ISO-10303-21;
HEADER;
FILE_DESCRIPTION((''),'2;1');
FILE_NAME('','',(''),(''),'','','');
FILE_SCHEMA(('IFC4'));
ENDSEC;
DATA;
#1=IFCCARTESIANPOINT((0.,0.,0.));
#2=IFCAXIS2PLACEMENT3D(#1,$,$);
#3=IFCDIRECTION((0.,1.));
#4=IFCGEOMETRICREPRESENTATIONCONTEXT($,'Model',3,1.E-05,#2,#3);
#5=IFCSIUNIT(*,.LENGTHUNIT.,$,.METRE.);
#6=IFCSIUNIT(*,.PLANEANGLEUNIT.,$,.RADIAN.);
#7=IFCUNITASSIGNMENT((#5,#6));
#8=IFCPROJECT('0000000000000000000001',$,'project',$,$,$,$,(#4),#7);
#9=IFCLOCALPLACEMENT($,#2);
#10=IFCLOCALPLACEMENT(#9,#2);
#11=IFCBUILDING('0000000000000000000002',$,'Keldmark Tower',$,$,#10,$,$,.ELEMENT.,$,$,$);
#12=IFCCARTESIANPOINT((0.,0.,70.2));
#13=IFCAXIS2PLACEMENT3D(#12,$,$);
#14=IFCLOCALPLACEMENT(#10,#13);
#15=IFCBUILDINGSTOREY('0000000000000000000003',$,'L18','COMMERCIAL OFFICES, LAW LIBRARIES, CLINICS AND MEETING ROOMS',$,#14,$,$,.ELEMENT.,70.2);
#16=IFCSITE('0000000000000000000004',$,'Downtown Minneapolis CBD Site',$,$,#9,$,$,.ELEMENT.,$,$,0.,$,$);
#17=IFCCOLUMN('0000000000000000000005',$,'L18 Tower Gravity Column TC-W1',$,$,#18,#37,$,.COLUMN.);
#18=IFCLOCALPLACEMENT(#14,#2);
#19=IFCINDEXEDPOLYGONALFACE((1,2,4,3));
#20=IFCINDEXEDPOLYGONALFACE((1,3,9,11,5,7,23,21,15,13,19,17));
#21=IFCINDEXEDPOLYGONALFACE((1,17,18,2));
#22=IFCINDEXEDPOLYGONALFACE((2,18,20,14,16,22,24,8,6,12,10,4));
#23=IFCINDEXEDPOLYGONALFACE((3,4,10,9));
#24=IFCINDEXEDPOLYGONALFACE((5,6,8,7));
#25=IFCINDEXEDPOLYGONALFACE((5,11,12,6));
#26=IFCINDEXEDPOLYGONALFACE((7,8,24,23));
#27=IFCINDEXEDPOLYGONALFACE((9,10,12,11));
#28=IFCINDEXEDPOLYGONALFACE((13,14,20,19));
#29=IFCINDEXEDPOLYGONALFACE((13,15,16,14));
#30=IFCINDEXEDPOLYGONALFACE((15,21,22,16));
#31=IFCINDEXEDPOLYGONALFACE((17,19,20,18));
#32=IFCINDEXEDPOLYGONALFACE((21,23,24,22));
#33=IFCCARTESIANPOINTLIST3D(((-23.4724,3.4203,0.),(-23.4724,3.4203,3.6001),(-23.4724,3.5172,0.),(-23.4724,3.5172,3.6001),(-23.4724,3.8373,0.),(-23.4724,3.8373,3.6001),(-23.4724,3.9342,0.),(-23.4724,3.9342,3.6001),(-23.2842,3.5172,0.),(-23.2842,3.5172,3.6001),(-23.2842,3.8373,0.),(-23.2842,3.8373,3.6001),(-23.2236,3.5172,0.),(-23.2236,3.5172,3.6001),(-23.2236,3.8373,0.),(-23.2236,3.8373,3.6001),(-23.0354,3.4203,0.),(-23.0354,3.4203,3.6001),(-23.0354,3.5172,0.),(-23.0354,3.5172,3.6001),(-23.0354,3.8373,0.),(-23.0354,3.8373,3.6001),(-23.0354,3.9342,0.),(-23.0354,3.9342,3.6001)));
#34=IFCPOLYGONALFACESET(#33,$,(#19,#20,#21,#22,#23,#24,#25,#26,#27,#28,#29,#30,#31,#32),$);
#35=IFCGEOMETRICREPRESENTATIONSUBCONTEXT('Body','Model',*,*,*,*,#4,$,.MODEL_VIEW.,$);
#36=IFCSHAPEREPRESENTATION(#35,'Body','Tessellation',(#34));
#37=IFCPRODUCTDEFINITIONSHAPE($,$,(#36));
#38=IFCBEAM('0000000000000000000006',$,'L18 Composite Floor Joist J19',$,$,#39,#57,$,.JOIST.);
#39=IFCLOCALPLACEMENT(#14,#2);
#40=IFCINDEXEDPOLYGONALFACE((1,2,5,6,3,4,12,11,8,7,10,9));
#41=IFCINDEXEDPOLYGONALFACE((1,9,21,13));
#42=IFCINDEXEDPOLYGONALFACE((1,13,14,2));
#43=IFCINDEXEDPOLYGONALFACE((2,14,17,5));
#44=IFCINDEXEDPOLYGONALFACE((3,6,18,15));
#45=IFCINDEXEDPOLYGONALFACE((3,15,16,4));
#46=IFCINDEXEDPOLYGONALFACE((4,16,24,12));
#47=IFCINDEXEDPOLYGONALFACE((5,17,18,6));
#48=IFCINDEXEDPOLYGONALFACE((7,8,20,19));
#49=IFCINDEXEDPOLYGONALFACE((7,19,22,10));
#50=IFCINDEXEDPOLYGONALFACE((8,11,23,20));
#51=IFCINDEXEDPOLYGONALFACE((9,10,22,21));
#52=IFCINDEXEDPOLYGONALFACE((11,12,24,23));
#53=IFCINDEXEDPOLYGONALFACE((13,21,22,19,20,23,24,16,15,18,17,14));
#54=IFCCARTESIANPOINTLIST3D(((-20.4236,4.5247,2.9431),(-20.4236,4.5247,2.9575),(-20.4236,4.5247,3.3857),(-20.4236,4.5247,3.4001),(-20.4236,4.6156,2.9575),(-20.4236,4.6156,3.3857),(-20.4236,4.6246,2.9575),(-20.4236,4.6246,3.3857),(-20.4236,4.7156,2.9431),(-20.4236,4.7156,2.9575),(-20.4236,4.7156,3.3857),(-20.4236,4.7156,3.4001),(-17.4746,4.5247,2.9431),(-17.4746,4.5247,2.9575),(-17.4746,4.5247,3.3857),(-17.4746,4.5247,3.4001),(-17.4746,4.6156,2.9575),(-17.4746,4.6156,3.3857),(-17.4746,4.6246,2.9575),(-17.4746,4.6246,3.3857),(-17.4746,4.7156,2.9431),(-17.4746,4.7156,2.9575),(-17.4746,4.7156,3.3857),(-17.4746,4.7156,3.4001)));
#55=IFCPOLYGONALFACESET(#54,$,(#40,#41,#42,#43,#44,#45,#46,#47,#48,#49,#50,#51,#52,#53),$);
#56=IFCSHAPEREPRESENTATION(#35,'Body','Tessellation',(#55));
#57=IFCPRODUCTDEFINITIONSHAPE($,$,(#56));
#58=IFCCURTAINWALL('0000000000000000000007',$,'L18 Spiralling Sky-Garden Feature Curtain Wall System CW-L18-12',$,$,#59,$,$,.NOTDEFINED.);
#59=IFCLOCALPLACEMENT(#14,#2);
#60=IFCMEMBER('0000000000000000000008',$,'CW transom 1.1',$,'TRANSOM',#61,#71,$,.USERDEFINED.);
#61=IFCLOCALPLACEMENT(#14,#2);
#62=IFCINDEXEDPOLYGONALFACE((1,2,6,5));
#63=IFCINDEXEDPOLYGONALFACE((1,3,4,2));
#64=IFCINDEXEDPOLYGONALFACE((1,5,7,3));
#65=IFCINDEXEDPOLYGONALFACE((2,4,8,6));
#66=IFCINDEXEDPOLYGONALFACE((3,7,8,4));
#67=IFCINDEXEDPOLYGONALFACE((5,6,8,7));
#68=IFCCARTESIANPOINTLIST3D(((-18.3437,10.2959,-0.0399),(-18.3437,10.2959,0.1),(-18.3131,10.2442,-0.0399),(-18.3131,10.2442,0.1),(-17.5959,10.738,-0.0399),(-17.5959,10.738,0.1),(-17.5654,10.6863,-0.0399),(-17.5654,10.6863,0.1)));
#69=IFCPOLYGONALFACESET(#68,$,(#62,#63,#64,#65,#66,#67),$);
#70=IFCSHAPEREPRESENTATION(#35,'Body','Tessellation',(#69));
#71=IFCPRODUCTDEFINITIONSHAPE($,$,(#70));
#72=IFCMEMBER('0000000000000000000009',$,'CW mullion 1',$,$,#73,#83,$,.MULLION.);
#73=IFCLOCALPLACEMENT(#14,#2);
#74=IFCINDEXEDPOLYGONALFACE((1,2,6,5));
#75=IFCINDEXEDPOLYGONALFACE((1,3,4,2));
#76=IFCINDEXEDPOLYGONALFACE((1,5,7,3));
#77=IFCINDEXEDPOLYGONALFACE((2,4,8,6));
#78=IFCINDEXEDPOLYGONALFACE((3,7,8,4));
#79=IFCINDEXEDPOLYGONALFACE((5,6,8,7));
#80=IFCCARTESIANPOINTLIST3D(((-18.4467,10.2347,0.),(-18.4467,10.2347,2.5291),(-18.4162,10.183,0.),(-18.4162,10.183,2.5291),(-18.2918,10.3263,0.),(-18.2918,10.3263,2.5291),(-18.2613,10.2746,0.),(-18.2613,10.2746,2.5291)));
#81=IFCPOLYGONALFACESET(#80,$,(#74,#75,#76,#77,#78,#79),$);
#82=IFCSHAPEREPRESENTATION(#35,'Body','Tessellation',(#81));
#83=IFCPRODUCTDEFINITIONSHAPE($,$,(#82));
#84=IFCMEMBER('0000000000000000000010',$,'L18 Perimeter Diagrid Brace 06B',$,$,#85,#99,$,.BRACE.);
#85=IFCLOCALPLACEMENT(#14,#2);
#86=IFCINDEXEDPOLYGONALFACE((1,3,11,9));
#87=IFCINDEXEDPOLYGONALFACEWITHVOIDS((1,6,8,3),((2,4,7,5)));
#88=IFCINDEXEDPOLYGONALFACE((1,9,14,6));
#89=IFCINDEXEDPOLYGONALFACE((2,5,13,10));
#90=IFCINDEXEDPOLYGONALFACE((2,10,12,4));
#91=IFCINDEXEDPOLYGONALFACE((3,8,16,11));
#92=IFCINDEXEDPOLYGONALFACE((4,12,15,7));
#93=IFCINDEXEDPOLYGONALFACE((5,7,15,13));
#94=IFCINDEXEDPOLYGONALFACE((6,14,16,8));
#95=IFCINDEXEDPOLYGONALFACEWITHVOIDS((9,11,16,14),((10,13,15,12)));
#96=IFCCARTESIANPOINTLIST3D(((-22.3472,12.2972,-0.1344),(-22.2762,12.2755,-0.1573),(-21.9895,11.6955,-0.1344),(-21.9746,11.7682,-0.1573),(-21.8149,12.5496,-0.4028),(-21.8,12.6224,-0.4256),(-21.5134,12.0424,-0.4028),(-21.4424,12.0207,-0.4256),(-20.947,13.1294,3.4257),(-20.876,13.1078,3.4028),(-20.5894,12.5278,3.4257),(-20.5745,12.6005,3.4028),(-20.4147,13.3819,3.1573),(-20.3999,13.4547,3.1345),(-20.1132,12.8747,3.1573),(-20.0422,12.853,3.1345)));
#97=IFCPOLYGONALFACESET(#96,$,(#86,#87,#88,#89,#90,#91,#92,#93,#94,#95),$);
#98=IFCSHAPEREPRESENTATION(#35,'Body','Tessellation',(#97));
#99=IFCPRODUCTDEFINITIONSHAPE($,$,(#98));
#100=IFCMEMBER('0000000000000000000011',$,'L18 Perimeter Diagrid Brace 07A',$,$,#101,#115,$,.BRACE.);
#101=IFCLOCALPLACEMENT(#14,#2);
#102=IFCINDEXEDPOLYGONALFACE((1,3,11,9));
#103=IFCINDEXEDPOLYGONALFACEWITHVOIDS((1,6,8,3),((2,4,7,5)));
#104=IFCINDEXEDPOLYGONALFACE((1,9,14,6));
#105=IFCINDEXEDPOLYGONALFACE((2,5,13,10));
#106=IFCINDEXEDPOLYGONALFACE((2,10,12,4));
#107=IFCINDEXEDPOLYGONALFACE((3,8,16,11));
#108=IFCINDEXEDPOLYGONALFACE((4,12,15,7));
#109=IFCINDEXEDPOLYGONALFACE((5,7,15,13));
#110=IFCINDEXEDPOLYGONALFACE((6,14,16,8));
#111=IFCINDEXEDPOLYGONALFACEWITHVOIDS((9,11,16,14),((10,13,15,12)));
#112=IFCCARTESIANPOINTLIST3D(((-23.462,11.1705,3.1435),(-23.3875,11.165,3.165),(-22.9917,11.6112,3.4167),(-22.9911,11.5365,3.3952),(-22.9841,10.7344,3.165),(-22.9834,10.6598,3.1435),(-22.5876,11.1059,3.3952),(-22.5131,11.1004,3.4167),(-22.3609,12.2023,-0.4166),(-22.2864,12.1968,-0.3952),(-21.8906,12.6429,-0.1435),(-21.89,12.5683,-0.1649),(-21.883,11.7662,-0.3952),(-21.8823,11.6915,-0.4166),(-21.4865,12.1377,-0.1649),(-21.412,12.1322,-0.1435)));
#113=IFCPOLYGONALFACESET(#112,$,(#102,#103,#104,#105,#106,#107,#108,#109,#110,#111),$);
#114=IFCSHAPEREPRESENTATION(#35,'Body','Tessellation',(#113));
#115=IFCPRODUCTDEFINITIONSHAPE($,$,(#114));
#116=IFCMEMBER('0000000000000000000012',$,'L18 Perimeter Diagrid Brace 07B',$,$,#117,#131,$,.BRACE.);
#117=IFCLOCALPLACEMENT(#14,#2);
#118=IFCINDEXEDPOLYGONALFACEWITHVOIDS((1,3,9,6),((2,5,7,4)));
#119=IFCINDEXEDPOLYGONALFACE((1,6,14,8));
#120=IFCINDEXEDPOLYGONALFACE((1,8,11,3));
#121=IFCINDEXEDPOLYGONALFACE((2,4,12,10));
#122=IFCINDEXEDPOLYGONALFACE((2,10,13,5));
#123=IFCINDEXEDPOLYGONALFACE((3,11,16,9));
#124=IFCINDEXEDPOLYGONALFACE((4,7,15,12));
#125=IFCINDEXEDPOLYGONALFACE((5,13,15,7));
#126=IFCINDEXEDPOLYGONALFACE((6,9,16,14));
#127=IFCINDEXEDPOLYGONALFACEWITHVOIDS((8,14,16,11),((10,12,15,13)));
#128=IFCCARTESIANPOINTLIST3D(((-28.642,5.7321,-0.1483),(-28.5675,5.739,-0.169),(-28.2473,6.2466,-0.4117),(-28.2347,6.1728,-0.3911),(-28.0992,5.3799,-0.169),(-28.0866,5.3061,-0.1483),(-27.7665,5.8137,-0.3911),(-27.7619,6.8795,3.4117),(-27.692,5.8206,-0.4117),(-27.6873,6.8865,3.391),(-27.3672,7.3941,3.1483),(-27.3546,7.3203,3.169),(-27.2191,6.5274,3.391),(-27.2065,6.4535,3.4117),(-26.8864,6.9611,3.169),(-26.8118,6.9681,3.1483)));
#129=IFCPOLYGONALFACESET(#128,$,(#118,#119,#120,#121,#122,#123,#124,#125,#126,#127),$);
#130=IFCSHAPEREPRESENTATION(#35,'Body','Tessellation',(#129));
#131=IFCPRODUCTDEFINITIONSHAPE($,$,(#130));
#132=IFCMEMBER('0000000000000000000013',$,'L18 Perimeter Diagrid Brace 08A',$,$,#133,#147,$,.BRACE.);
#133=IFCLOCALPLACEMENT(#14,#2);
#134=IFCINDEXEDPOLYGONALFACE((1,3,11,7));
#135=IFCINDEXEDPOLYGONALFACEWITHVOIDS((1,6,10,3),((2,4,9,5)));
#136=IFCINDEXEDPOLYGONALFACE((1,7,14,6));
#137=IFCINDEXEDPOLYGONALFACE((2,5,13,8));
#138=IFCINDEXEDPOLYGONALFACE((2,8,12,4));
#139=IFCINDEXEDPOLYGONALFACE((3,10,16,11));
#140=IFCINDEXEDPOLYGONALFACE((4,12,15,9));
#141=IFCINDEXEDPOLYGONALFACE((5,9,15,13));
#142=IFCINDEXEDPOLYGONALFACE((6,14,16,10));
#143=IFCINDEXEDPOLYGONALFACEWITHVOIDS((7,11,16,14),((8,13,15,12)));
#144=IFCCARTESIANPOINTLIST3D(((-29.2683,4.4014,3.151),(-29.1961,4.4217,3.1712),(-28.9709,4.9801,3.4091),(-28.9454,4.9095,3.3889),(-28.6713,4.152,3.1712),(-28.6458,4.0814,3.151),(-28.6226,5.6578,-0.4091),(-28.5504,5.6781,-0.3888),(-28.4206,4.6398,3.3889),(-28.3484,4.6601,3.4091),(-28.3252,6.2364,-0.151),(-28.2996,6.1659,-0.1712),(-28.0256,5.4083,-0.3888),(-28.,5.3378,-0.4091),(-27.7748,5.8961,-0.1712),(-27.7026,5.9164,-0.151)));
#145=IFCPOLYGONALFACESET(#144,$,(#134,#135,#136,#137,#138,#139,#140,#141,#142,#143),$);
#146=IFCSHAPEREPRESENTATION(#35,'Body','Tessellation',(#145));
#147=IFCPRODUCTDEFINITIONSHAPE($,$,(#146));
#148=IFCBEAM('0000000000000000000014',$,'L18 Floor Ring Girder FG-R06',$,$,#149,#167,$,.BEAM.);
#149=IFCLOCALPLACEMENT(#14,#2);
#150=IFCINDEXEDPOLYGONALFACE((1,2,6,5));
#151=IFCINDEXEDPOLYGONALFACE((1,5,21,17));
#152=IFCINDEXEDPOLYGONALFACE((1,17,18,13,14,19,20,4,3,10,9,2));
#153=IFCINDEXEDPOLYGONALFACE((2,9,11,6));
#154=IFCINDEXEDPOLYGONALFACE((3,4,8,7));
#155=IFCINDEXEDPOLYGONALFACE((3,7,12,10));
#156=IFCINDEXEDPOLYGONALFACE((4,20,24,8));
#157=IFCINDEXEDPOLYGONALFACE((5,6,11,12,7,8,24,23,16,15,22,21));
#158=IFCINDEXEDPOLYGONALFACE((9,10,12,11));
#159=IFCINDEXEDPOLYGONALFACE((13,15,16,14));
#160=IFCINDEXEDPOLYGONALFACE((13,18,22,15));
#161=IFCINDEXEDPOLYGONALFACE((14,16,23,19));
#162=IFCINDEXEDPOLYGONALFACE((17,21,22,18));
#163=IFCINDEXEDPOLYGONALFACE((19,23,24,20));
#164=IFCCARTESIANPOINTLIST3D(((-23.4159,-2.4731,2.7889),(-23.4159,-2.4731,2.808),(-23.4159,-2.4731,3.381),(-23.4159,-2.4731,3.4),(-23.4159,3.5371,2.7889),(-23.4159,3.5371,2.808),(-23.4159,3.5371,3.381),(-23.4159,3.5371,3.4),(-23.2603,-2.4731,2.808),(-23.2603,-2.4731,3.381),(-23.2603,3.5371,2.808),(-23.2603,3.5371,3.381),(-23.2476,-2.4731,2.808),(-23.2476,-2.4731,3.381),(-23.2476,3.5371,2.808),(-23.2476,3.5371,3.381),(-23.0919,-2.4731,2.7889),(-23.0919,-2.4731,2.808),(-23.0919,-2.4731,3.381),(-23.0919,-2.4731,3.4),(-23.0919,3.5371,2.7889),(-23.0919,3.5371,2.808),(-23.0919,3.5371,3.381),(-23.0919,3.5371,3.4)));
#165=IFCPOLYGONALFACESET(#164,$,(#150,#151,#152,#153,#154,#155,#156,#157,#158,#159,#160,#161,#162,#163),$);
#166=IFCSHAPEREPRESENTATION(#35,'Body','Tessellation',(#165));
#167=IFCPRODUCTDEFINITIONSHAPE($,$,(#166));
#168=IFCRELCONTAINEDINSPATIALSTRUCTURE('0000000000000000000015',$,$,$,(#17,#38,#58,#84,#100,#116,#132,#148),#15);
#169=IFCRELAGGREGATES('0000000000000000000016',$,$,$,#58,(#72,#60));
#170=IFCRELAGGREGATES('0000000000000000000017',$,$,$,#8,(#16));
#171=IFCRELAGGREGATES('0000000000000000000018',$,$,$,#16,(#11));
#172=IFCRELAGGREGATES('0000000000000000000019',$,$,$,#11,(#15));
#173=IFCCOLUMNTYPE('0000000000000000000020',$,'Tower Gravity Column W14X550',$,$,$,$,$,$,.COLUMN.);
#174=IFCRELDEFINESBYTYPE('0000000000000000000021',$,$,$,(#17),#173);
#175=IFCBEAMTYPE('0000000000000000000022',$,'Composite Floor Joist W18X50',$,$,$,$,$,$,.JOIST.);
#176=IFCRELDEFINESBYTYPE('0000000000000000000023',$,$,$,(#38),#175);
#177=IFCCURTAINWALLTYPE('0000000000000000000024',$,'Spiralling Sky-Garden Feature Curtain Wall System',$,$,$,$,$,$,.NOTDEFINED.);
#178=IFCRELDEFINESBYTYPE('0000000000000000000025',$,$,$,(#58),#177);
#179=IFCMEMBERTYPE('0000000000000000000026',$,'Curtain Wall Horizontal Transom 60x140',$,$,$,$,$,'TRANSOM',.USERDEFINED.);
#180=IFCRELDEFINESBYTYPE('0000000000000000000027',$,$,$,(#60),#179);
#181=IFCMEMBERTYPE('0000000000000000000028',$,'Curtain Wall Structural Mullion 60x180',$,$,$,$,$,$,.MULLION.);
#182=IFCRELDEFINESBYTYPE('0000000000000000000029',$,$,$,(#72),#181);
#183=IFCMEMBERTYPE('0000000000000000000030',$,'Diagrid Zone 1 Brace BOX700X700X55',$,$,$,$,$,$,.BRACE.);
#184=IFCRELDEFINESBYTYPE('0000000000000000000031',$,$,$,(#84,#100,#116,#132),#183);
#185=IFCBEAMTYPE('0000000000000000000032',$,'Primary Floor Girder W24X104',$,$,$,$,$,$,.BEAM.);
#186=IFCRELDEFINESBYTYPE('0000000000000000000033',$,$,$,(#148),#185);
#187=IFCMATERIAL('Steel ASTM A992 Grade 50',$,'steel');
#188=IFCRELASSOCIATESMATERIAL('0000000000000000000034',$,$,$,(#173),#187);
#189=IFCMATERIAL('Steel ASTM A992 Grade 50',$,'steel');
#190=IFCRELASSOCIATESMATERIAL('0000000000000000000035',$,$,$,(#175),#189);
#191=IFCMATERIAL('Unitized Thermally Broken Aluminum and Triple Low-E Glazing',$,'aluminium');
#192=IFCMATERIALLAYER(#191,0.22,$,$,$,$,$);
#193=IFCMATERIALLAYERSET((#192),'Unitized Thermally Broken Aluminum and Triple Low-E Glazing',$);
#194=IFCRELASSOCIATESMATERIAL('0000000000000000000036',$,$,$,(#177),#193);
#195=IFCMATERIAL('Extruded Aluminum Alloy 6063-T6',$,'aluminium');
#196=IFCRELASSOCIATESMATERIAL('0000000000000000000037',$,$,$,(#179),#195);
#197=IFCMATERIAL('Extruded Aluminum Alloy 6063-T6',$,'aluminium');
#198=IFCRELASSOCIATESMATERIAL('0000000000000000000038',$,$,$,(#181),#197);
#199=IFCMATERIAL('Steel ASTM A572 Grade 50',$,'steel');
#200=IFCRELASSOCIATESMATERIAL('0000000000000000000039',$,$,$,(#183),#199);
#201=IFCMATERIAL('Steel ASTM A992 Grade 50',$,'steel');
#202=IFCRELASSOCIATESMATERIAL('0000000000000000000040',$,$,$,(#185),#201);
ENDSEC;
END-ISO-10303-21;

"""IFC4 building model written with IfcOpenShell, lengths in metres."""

from ifc_helpers import new_model, si_unit, direction, frame, origin, origin_2d, place, context, subcontext, project, spatial, rectangle, hollow_rectangle, i_section, extrude, material, layer, layer_set, material_profile, profile_set, type_object, element, aggregate, save


model = new_model("IFC4")

# Units and contexts
model_context = context("Model", 3, precision=1e-05, world=origin(), true_north=direction((0.0, 1.0)))
body_context = subcontext(model_context, "Body", "Model", "MODEL_VIEW")
ifc_project = project(units=[si_unit("LENGTHUNIT", "METRE"), si_unit("PLANEANGLEUNIT", "RADIAN")], contexts=[model_context])

# Site, building, storey
site_placement = place(None, origin())
site = spatial("IfcSite", under=ifc_project, at=site_placement, Name="Downtown Minneapolis CBD Site", CompositionType="ELEMENT", RefElevation=0.0)
building_placement = place(site_placement, origin())
building = spatial("IfcBuilding", under=site, at=building_placement, Name="Keldmark Tower", CompositionType="ELEMENT")
storey_placement = place(building_placement, frame((0.0, 0.0, 70.2)))
storey = spatial("IfcBuildingStorey", under=building, at=storey_placement, Name="L18", Description="COMMERCIAL OFFICES, LAW LIBRARIES, CLINICS AND MEETING ROOMS", CompositionType="ELEMENT", Elevation=70.2)

# Column
ifc_material_1 = material(Name="Steel ASTM A992 Grade 50", Category="steel")
ifc_material_profile_1 = material_profile(ifc_material_1, i_section(OverallWidth=0.437, OverallDepth=0.5139, WebThickness=0.0605, FlangeThickness=0.0969, at=origin_2d()), Name="W14X550")
ifc_profile_set_1 = profile_set([ifc_material_profile_1], Name="Steel ASTM A992 Grade 50")
column_type = type_object("IfcColumnType", Name="Tower Gravity Column W14X550", PredefinedType="COLUMN", material=ifc_profile_set_1)
column_placement = place(storey_placement, frame((-23.2539, 3.6772, 0.0), z_axis=(0.0, 0.0, 1.0), x_axis=(1.0, 0.0, 0.0)))
element("IfcColumn", 1, at=column_placement, inside=storey, type_object=column_type, Name="L18 Tower Gravity Column TC-W1", PredefinedType="COLUMN", context=body_context, shape_type="SweptSolid", body=[
    extrude(i_section(OverallWidth=0.437, OverallDepth=0.5139, WebThickness=0.0605, FlangeThickness=0.0969, at=origin_2d()), origin(), (0.0, 0.0, 1.0), 3.6001),
])

# Beam
ifc_material_2 = material(Name="Steel ASTM A992 Grade 50", Category="steel")
ifc_material_profile_2 = material_profile(ifc_material_2, i_section(OverallWidth=0.1909, OverallDepth=0.457, WebThickness=0.009, FlangeThickness=0.0144, at=origin_2d()), Name="W18X50")
ifc_profile_set_2 = profile_set([ifc_material_profile_2], Name="Steel ASTM A992 Grade 50")
beam_type_1 = type_object("IfcBeamType", Name="Composite Floor Joist W18X50", PredefinedType="JOIST", material=ifc_profile_set_2)
beam_1_placement = place(storey_placement, frame((-20.4236, 4.6201, 3.1716), z_axis=(1.0, 0.0, 0.0), x_axis=(0.0, 1.0, 0.0)))
element("IfcBeam", 2, at=beam_1_placement, inside=storey, type_object=beam_type_1, Name="L18 Composite Floor Joist J19", PredefinedType="JOIST", context=body_context, shape_type="SweptSolid", body=[
    extrude(i_section(OverallWidth=0.1909, OverallDepth=0.457, WebThickness=0.009, FlangeThickness=0.0144, at=origin_2d()), origin(), (0.0, 0.0, 1.0), 2.949),
])

# Curtain wall, members
ifc_material_3 = material(Name="Unitized Thermally Broken Aluminum and Triple Low-E Glazing", Category="aluminium")
ifc_layer_1 = layer(ifc_material_3, 0.22)
ifc_layer_set_1 = layer_set([ifc_layer_1], Name="Unitized Thermally Broken Aluminum and Triple Low-E Glazing")
curtain_wall_type = type_object("IfcCurtainWallType", Name="Spiralling Sky-Garden Feature Curtain Wall System", PredefinedType="NOTDEFINED", material=ifc_layer_set_1)
curtain_wall_placement = place(storey_placement, origin())
curtain_wall = element("IfcCurtainWall", 3, at=curtain_wall_placement, inside=storey, type_object=curtain_wall_type, Name="L18 Spiralling Sky-Garden Feature Curtain Wall System CW-L18-12", PredefinedType="NOTDEFINED")
ifc_material_4 = material(Name="Extruded Aluminum Alloy 6063-T6", Category="aluminium")
ifc_material_profile_3 = material_profile(ifc_material_4, rectangle(XDim=0.0601, YDim=0.1399, at=origin_2d()), Name="CWT60X140")
ifc_profile_set_3 = profile_set([ifc_material_profile_3], Name="Extruded Aluminum Alloy 6063-T6")
member_type_1 = type_object("IfcMemberType", Name="Curtain Wall Horizontal Transom 60x140", ElementType="TRANSOM", PredefinedType="USERDEFINED", material=ifc_profile_set_3)
member_1_placement = place(storey_placement, frame((-18.3284, 10.27, 0.03), z_axis=(0.860798, 0.508947, 0.0), x_axis=(-0.508947, 0.860798, 0.0)))
member_1 = element("IfcMember", 4, at=member_1_placement, type_object=member_type_1, Name="CW transom 1.1", ObjectType="TRANSOM", PredefinedType="USERDEFINED", context=body_context, shape_type="SweptSolid", body=[
    extrude(rectangle(XDim=0.0601, YDim=0.1399, at=origin_2d()), origin(), (0.0, 0.0, 1.0), 0.8687),
])
ifc_material_5 = material(Name="Extruded Aluminum Alloy 6063-T6", Category="aluminium")
ifc_material_profile_4 = material_profile(ifc_material_5, rectangle(XDim=0.0601, YDim=0.1799, at=origin_2d()), Name="CWM60X180")
ifc_profile_set_4 = profile_set([ifc_material_profile_4], Name="Extruded Aluminum Alloy 6063-T6")
member_type_2 = type_object("IfcMemberType", Name="Curtain Wall Structural Mullion 60x180", PredefinedType="MULLION", material=ifc_profile_set_4)
member_2_placement = place(storey_placement, frame((-18.354, 10.2546, 0.0), z_axis=(0.0, 0.0, 1.0), x_axis=(-0.508955, 0.860793, 0.0)))
member_2 = element("IfcMember", 5, at=member_2_placement, type_object=member_type_2, Name="CW mullion 1", PredefinedType="MULLION", context=body_context, shape_type="SweptSolid", body=[
    extrude(rectangle(XDim=0.0601, YDim=0.1799, at=origin_2d()), origin(), (0.0, 0.0, 1.0), 2.5291),
])
aggregate(curtain_wall, [member_2, member_1])

# Members
ifc_material_6 = material(Name="Steel ASTM A572 Grade 50", Category="steel")
ifc_material_profile_5 = material_profile(ifc_material_6, hollow_rectangle(XDim=0.7, YDim=0.7, WallThickness=0.0549, at=origin_2d()), Name="BOX700X700X55")
ifc_profile_set_5 = profile_set([ifc_material_profile_5], Name="Steel ASTM A572 Grade 50")
member_type_3 = type_object("IfcMemberType", Name="Diagrid Zone 1 Brace BOX700X700X55", PredefinedType="BRACE", material=ifc_profile_set_5)
member_3_placement = place(storey_placement, frame((-21.8948, 12.1589, -0.28), z_axis=(0.357638, 0.212587, 0.909342), x_axis=(-0.510965, 0.859602, 0.0)))
element("IfcMember", 6, at=member_3_placement, inside=storey, type_object=member_type_3, Name="L18 Perimeter Diagrid Brace 06B", PredefinedType="BRACE", context=body_context, shape_type="SweptSolid", body=[
    extrude(hollow_rectangle(XDim=0.7, YDim=0.7, WallThickness=0.0549, at=origin_2d()), origin(), (0.0, 0.0, 1.0), 3.915),
])
member_4_placement = place(storey_placement, frame((-21.8865, 12.1672, -0.28), z_axis=(-0.284763, -0.266831, 0.920712), x_axis=(0.683758, -0.729709, 0.0)))
element("IfcMember", 7, at=member_4_placement, inside=storey, type_object=member_type_3, Name="L18 Perimeter Diagrid Brace 07A", PredefinedType="BRACE", context=body_context, shape_type="SweptSolid", body=[
    extrude(hollow_rectangle(XDim=0.7, YDim=0.7, WallThickness=0.0549, at=origin_2d()), origin(), (0.0, 0.0, 1.0), 3.8667),
])
member_5_placement = place(storey_placement, frame((-28.167, 5.7764, -0.28), z_axis=(0.229047, 0.298618, 0.92648), x_axis=(-0.79347, 0.608609, 0.0)))
element("IfcMember", 8, at=member_5_placement, inside=storey, type_object=member_type_3, Name="L18 Perimeter Diagrid Brace 07B", PredefinedType="BRACE", context=body_context, shape_type="SweptSolid", body=[
    extrude(hollow_rectangle(XDim=0.7, YDim=0.7, WallThickness=0.0549, at=origin_2d()), origin(), (0.0, 0.0, 1.0), 3.8425),
])
member_6_placement = place(storey_placement, frame((-28.1626, 5.7871, -0.28), z_axis=(-0.168601, -0.328022, 0.929503), x_axis=(0.889394, -0.457141, 0.0)))
element("IfcMember", 9, at=member_6_placement, inside=storey, type_object=member_type_3, Name="L18 Perimeter Diagrid Brace 08A", PredefinedType="BRACE", context=body_context, shape_type="SweptSolid", body=[
    extrude(hollow_rectangle(XDim=0.7, YDim=0.7, WallThickness=0.0549, at=origin_2d()), origin(), (0.0, 0.0, 1.0), 3.8301),
])

# Beam
ifc_material_7 = material(Name="Steel ASTM A992 Grade 50", Category="steel")
ifc_material_profile_6 = material_profile(ifc_material_7, i_section(OverallWidth=0.324, OverallDepth=0.6111, WebThickness=0.0127, FlangeThickness=0.019, at=origin_2d()), Name="W24X104")
ifc_profile_set_6 = profile_set([ifc_material_profile_6], Name="Steel ASTM A992 Grade 50")
beam_type_2 = type_object("IfcBeamType", Name="Primary Floor Girder W24X104", PredefinedType="BEAM", material=ifc_profile_set_6)
beam_2_placement = place(storey_placement, frame((-23.2539, 3.5371, 3.0945), z_axis=(0.0, -1.0, 0.0), x_axis=(1.0, 0.0, 0.0)))
element("IfcBeam", 10, at=beam_2_placement, inside=storey, type_object=beam_type_2, Name="L18 Floor Ring Girder FG-R06", PredefinedType="BEAM", context=body_context, shape_type="SweptSolid", body=[
    extrude(i_section(OverallWidth=0.324, OverallDepth=0.6111, WebThickness=0.0127, FlangeThickness=0.019, at=origin_2d()), origin(), (0.0, 0.0, 1.0), 6.0103),
])

save(model, "model.ifc")
